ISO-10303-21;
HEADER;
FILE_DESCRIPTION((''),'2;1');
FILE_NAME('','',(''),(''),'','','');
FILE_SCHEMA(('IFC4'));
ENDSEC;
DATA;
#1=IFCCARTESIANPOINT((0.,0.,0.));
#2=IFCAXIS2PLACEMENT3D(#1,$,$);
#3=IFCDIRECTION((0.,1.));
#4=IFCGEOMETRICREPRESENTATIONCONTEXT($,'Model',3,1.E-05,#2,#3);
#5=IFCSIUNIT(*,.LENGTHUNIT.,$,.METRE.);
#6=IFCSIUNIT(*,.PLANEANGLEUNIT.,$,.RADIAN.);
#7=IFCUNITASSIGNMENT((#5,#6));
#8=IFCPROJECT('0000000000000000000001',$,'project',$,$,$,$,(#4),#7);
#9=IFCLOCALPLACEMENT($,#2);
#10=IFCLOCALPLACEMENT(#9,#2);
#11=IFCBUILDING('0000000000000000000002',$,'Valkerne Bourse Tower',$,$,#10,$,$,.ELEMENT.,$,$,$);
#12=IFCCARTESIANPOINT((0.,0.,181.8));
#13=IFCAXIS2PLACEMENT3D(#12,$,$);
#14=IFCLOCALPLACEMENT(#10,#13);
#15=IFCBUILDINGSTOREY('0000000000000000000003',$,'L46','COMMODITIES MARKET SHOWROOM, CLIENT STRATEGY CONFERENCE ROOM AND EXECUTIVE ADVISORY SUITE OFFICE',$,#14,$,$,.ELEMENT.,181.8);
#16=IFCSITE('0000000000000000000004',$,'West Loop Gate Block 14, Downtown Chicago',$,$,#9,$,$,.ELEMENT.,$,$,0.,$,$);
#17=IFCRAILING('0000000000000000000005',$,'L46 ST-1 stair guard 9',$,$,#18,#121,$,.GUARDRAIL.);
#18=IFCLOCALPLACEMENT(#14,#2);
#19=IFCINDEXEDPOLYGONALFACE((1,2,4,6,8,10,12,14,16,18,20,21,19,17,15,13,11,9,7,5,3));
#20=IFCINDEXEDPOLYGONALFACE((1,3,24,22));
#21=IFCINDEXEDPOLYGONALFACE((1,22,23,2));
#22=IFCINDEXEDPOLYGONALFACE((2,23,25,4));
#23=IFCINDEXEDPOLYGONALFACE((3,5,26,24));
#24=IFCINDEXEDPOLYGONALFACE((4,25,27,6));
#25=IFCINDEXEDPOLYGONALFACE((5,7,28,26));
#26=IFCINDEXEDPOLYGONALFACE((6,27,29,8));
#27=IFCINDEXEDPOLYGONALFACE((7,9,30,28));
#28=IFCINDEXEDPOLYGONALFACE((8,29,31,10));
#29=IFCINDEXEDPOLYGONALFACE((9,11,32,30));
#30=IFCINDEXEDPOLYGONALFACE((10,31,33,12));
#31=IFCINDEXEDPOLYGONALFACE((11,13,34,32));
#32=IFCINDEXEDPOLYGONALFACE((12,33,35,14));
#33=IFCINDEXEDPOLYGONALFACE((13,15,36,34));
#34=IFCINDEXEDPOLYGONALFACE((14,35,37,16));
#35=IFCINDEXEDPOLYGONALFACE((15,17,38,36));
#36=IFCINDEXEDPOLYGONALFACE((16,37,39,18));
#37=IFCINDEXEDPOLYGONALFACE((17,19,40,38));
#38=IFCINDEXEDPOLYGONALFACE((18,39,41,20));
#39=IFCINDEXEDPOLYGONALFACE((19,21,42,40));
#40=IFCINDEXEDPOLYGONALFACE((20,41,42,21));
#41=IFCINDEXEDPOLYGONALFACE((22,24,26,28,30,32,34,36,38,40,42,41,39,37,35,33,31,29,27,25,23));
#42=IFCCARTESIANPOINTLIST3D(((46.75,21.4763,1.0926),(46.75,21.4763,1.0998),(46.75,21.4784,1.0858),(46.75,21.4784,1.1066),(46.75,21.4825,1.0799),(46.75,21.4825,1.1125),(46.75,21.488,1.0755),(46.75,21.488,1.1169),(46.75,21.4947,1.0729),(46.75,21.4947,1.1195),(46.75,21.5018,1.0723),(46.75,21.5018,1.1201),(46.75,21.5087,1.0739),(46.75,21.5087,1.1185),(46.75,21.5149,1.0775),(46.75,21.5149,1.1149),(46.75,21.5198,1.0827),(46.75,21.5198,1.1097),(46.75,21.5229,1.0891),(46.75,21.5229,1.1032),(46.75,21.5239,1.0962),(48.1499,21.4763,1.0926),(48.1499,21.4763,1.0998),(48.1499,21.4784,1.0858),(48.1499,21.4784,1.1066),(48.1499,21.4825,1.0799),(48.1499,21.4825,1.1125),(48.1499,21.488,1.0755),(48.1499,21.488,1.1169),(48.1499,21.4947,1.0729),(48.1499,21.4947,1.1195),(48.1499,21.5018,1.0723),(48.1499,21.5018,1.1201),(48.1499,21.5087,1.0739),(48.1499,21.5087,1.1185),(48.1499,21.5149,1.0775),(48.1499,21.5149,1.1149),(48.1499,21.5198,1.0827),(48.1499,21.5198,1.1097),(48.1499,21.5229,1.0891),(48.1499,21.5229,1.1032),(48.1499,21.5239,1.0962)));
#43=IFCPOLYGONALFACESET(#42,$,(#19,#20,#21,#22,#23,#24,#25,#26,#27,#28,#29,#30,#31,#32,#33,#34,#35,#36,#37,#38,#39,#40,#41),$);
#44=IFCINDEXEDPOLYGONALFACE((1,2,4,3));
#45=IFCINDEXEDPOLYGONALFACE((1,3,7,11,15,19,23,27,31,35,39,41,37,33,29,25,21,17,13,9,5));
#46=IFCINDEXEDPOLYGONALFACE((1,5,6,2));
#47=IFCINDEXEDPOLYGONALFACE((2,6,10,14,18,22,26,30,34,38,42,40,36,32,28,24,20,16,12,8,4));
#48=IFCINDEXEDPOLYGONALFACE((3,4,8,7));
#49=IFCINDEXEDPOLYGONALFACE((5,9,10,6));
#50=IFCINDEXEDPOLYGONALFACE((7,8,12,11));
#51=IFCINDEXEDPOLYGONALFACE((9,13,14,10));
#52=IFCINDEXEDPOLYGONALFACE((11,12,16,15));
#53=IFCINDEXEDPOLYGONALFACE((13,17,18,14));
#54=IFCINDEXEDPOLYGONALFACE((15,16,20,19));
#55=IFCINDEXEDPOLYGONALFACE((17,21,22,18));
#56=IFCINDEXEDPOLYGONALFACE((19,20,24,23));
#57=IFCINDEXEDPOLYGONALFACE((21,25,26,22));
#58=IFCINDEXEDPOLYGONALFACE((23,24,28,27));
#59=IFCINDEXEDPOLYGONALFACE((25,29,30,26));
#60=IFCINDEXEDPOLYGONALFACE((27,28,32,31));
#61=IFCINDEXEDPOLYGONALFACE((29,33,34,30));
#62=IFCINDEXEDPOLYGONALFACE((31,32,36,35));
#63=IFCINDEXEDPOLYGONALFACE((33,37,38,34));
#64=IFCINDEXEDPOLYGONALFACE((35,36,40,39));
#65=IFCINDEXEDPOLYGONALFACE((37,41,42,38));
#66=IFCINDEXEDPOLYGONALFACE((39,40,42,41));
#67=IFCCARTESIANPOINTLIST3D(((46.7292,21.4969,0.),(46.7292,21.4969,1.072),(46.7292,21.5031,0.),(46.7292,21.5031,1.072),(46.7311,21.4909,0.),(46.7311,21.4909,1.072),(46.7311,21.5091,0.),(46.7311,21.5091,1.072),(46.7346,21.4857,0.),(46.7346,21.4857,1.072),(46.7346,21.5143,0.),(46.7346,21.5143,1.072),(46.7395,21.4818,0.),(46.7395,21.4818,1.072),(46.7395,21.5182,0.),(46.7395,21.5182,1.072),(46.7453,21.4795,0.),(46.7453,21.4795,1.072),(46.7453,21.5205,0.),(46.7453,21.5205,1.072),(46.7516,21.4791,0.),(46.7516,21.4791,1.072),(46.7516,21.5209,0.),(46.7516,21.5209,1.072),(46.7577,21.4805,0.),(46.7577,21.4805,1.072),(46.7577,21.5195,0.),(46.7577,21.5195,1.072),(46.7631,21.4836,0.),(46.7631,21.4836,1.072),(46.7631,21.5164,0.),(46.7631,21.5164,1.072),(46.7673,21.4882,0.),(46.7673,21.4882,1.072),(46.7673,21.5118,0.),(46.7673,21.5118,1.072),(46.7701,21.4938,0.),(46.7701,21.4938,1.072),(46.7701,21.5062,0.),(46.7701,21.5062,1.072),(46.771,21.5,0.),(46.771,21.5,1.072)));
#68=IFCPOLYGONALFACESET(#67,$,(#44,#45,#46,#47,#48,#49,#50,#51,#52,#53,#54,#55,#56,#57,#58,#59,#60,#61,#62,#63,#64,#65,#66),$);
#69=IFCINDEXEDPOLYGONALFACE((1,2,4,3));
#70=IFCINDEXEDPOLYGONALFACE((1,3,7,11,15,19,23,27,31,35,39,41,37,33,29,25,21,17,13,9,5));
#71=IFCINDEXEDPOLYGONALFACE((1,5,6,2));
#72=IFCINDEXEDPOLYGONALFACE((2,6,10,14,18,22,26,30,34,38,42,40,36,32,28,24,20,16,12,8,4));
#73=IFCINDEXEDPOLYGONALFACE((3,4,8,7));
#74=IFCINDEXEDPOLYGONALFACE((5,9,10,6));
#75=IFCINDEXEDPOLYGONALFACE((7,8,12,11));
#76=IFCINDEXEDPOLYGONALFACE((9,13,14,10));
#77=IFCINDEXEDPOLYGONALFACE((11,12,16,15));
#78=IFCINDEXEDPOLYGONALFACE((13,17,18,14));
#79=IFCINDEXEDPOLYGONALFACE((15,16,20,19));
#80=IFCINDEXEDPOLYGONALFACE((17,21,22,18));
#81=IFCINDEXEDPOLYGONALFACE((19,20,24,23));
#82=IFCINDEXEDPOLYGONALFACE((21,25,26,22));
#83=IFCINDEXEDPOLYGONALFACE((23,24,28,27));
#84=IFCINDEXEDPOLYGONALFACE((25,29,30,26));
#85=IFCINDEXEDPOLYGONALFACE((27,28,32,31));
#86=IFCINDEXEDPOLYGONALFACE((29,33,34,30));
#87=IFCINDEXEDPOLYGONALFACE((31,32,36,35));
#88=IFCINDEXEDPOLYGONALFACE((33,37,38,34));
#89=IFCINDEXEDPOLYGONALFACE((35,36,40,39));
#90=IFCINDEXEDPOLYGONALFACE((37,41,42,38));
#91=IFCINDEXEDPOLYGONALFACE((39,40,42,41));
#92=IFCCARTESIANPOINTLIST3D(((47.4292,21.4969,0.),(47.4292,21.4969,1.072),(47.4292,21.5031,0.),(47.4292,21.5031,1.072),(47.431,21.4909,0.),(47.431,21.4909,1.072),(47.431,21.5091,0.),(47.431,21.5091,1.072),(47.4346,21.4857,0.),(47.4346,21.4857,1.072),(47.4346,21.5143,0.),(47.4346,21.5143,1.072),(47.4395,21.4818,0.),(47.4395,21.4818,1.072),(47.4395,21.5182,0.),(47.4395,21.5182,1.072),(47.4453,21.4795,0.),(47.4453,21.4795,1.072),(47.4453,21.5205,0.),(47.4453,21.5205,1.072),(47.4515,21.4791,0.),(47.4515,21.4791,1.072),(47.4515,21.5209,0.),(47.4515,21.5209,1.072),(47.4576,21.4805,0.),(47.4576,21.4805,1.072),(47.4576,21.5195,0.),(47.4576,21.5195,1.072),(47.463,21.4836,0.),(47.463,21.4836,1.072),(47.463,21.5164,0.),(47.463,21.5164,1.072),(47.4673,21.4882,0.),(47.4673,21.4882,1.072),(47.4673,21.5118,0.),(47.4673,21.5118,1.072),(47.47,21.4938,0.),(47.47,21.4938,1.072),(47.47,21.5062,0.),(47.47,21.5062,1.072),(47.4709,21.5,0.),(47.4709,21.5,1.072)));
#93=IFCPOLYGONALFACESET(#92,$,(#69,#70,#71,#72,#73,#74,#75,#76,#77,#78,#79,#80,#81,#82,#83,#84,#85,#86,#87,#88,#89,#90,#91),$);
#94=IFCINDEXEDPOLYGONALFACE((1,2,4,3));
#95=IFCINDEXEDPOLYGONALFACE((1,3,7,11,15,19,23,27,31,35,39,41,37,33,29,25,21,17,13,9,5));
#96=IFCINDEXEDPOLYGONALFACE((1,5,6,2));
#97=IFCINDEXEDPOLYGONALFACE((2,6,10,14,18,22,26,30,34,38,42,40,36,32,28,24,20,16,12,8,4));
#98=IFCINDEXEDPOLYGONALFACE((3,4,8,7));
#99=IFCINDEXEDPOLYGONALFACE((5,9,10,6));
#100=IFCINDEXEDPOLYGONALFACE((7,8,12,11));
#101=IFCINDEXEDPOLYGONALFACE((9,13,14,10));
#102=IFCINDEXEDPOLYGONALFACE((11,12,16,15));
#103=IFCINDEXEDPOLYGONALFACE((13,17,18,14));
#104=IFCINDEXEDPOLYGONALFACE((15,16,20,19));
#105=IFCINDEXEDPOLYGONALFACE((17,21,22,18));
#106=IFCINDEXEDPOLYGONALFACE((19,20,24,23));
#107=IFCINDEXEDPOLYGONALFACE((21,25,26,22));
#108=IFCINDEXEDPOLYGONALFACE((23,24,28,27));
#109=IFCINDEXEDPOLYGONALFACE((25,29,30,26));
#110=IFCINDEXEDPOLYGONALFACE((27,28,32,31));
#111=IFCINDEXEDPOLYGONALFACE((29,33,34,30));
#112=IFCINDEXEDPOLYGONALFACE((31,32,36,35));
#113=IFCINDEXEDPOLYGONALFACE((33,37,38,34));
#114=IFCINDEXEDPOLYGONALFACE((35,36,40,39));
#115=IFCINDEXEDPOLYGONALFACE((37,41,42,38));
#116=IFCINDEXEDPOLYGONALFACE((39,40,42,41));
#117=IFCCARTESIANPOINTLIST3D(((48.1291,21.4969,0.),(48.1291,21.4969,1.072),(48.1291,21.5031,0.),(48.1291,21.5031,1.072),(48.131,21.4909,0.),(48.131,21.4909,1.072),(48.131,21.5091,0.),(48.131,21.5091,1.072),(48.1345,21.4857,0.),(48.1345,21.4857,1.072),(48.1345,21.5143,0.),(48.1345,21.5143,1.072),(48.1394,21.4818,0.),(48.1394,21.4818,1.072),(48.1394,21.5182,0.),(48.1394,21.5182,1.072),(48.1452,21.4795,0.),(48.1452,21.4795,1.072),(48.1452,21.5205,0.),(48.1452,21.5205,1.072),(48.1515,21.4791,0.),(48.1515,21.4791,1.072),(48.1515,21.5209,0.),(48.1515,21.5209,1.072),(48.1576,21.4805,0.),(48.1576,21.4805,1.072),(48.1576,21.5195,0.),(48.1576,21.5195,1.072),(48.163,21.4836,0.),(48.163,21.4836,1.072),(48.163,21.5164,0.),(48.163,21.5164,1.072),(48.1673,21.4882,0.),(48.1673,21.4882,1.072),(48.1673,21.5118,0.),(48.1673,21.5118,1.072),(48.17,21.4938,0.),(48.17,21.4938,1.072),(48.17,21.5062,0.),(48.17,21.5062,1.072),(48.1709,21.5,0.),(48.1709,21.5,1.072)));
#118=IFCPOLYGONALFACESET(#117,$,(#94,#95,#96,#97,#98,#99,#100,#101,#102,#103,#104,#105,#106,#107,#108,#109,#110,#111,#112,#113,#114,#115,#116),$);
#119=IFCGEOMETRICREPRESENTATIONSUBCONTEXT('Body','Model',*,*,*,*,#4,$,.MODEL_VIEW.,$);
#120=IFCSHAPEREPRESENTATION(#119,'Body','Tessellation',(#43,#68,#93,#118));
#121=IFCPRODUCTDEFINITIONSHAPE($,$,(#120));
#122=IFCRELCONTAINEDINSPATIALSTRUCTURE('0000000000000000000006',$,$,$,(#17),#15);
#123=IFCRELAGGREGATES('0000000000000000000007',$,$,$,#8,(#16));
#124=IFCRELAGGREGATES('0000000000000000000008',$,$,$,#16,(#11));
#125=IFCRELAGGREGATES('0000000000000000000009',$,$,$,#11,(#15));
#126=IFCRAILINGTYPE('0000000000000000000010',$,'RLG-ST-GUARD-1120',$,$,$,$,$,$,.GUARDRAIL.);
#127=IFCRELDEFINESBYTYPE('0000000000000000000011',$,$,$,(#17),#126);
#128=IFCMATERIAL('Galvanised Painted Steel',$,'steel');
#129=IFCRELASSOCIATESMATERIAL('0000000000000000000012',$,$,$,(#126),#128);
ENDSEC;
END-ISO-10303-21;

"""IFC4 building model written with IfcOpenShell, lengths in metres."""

from ifc_helpers import new_model, si_unit, direction, frame, origin, origin_2d, place, context, subcontext, project, spatial, circle, extrude, material, type_object, element, save


model = new_model("IFC4")

# Units and contexts
model_context = context("Model", 3, precision=1e-05, world=origin(), true_north=direction((0.0, 1.0)))
body_context = subcontext(model_context, "Body", "Model", "MODEL_VIEW")
ifc_project = project(units=[si_unit("LENGTHUNIT", "METRE"), si_unit("PLANEANGLEUNIT", "RADIAN")], contexts=[model_context])

# Site, building, storey
site_placement = place(None, origin())
site = spatial("IfcSite", under=ifc_project, at=site_placement, Name="West Loop Gate Block 14, Downtown Chicago", CompositionType="ELEMENT", RefElevation=0.0)
building_placement = place(site_placement, origin())
building = spatial("IfcBuilding", under=site, at=building_placement, Name="Valkerne Bourse Tower", CompositionType="ELEMENT")
storey_placement = place(building_placement, frame((0.0, 0.0, 181.8)))
storey = spatial("IfcBuildingStorey", under=building, at=storey_placement, Name="L46", Description="COMMODITIES MARKET SHOWROOM, CLIENT STRATEGY CONFERENCE ROOM AND EXECUTIVE ADVISORY SUITE OFFICE", CompositionType="ELEMENT", Elevation=181.8)

# Shared definitions
ifc_material_1 = material(Name="Galvanised Painted Steel", Category="steel")

# Railing
railing_type_1 = type_object("IfcRailingType", Name="RLG-ST-GUARD-1120", PredefinedType="GUARDRAIL", material=ifc_material_1)
for number, where, name in (
    (1, (46.75, 21.5, 0.0), "L46 ST-1 stair guard 9"),
):
    element("IfcRailing", number, at=place(storey_placement, frame(where)), inside=storey, type_object=railing_type_1, Name=name, PredefinedType="GUARDRAIL", context=body_context, shape_type="SweptSolid", body=[
        extrude(circle(Radius=0.0239, at=origin_2d()), frame((0.0, 0.0, 1.0962), z_axis=(1.0, 0.0, 0.0), x_axis=(0.0, 1.0, 0.0)), (0.0, 0.0, 1.0), 1.3999),
        extrude(circle(Radius=0.021, at=origin_2d()), origin(), (0.0, 0.0, 1.0), 1.072),
        extrude(circle(Radius=0.021, at=origin_2d()), frame((0.7, 0.0, 0.0)), (0.0, 0.0, 1.0), 1.072),
        extrude(circle(Radius=0.021, at=origin_2d()), frame((1.3999, 0.0, 0.0)), (0.0, 0.0, 1.0), 1.072),
    ])

save(model, "model.ifc")
